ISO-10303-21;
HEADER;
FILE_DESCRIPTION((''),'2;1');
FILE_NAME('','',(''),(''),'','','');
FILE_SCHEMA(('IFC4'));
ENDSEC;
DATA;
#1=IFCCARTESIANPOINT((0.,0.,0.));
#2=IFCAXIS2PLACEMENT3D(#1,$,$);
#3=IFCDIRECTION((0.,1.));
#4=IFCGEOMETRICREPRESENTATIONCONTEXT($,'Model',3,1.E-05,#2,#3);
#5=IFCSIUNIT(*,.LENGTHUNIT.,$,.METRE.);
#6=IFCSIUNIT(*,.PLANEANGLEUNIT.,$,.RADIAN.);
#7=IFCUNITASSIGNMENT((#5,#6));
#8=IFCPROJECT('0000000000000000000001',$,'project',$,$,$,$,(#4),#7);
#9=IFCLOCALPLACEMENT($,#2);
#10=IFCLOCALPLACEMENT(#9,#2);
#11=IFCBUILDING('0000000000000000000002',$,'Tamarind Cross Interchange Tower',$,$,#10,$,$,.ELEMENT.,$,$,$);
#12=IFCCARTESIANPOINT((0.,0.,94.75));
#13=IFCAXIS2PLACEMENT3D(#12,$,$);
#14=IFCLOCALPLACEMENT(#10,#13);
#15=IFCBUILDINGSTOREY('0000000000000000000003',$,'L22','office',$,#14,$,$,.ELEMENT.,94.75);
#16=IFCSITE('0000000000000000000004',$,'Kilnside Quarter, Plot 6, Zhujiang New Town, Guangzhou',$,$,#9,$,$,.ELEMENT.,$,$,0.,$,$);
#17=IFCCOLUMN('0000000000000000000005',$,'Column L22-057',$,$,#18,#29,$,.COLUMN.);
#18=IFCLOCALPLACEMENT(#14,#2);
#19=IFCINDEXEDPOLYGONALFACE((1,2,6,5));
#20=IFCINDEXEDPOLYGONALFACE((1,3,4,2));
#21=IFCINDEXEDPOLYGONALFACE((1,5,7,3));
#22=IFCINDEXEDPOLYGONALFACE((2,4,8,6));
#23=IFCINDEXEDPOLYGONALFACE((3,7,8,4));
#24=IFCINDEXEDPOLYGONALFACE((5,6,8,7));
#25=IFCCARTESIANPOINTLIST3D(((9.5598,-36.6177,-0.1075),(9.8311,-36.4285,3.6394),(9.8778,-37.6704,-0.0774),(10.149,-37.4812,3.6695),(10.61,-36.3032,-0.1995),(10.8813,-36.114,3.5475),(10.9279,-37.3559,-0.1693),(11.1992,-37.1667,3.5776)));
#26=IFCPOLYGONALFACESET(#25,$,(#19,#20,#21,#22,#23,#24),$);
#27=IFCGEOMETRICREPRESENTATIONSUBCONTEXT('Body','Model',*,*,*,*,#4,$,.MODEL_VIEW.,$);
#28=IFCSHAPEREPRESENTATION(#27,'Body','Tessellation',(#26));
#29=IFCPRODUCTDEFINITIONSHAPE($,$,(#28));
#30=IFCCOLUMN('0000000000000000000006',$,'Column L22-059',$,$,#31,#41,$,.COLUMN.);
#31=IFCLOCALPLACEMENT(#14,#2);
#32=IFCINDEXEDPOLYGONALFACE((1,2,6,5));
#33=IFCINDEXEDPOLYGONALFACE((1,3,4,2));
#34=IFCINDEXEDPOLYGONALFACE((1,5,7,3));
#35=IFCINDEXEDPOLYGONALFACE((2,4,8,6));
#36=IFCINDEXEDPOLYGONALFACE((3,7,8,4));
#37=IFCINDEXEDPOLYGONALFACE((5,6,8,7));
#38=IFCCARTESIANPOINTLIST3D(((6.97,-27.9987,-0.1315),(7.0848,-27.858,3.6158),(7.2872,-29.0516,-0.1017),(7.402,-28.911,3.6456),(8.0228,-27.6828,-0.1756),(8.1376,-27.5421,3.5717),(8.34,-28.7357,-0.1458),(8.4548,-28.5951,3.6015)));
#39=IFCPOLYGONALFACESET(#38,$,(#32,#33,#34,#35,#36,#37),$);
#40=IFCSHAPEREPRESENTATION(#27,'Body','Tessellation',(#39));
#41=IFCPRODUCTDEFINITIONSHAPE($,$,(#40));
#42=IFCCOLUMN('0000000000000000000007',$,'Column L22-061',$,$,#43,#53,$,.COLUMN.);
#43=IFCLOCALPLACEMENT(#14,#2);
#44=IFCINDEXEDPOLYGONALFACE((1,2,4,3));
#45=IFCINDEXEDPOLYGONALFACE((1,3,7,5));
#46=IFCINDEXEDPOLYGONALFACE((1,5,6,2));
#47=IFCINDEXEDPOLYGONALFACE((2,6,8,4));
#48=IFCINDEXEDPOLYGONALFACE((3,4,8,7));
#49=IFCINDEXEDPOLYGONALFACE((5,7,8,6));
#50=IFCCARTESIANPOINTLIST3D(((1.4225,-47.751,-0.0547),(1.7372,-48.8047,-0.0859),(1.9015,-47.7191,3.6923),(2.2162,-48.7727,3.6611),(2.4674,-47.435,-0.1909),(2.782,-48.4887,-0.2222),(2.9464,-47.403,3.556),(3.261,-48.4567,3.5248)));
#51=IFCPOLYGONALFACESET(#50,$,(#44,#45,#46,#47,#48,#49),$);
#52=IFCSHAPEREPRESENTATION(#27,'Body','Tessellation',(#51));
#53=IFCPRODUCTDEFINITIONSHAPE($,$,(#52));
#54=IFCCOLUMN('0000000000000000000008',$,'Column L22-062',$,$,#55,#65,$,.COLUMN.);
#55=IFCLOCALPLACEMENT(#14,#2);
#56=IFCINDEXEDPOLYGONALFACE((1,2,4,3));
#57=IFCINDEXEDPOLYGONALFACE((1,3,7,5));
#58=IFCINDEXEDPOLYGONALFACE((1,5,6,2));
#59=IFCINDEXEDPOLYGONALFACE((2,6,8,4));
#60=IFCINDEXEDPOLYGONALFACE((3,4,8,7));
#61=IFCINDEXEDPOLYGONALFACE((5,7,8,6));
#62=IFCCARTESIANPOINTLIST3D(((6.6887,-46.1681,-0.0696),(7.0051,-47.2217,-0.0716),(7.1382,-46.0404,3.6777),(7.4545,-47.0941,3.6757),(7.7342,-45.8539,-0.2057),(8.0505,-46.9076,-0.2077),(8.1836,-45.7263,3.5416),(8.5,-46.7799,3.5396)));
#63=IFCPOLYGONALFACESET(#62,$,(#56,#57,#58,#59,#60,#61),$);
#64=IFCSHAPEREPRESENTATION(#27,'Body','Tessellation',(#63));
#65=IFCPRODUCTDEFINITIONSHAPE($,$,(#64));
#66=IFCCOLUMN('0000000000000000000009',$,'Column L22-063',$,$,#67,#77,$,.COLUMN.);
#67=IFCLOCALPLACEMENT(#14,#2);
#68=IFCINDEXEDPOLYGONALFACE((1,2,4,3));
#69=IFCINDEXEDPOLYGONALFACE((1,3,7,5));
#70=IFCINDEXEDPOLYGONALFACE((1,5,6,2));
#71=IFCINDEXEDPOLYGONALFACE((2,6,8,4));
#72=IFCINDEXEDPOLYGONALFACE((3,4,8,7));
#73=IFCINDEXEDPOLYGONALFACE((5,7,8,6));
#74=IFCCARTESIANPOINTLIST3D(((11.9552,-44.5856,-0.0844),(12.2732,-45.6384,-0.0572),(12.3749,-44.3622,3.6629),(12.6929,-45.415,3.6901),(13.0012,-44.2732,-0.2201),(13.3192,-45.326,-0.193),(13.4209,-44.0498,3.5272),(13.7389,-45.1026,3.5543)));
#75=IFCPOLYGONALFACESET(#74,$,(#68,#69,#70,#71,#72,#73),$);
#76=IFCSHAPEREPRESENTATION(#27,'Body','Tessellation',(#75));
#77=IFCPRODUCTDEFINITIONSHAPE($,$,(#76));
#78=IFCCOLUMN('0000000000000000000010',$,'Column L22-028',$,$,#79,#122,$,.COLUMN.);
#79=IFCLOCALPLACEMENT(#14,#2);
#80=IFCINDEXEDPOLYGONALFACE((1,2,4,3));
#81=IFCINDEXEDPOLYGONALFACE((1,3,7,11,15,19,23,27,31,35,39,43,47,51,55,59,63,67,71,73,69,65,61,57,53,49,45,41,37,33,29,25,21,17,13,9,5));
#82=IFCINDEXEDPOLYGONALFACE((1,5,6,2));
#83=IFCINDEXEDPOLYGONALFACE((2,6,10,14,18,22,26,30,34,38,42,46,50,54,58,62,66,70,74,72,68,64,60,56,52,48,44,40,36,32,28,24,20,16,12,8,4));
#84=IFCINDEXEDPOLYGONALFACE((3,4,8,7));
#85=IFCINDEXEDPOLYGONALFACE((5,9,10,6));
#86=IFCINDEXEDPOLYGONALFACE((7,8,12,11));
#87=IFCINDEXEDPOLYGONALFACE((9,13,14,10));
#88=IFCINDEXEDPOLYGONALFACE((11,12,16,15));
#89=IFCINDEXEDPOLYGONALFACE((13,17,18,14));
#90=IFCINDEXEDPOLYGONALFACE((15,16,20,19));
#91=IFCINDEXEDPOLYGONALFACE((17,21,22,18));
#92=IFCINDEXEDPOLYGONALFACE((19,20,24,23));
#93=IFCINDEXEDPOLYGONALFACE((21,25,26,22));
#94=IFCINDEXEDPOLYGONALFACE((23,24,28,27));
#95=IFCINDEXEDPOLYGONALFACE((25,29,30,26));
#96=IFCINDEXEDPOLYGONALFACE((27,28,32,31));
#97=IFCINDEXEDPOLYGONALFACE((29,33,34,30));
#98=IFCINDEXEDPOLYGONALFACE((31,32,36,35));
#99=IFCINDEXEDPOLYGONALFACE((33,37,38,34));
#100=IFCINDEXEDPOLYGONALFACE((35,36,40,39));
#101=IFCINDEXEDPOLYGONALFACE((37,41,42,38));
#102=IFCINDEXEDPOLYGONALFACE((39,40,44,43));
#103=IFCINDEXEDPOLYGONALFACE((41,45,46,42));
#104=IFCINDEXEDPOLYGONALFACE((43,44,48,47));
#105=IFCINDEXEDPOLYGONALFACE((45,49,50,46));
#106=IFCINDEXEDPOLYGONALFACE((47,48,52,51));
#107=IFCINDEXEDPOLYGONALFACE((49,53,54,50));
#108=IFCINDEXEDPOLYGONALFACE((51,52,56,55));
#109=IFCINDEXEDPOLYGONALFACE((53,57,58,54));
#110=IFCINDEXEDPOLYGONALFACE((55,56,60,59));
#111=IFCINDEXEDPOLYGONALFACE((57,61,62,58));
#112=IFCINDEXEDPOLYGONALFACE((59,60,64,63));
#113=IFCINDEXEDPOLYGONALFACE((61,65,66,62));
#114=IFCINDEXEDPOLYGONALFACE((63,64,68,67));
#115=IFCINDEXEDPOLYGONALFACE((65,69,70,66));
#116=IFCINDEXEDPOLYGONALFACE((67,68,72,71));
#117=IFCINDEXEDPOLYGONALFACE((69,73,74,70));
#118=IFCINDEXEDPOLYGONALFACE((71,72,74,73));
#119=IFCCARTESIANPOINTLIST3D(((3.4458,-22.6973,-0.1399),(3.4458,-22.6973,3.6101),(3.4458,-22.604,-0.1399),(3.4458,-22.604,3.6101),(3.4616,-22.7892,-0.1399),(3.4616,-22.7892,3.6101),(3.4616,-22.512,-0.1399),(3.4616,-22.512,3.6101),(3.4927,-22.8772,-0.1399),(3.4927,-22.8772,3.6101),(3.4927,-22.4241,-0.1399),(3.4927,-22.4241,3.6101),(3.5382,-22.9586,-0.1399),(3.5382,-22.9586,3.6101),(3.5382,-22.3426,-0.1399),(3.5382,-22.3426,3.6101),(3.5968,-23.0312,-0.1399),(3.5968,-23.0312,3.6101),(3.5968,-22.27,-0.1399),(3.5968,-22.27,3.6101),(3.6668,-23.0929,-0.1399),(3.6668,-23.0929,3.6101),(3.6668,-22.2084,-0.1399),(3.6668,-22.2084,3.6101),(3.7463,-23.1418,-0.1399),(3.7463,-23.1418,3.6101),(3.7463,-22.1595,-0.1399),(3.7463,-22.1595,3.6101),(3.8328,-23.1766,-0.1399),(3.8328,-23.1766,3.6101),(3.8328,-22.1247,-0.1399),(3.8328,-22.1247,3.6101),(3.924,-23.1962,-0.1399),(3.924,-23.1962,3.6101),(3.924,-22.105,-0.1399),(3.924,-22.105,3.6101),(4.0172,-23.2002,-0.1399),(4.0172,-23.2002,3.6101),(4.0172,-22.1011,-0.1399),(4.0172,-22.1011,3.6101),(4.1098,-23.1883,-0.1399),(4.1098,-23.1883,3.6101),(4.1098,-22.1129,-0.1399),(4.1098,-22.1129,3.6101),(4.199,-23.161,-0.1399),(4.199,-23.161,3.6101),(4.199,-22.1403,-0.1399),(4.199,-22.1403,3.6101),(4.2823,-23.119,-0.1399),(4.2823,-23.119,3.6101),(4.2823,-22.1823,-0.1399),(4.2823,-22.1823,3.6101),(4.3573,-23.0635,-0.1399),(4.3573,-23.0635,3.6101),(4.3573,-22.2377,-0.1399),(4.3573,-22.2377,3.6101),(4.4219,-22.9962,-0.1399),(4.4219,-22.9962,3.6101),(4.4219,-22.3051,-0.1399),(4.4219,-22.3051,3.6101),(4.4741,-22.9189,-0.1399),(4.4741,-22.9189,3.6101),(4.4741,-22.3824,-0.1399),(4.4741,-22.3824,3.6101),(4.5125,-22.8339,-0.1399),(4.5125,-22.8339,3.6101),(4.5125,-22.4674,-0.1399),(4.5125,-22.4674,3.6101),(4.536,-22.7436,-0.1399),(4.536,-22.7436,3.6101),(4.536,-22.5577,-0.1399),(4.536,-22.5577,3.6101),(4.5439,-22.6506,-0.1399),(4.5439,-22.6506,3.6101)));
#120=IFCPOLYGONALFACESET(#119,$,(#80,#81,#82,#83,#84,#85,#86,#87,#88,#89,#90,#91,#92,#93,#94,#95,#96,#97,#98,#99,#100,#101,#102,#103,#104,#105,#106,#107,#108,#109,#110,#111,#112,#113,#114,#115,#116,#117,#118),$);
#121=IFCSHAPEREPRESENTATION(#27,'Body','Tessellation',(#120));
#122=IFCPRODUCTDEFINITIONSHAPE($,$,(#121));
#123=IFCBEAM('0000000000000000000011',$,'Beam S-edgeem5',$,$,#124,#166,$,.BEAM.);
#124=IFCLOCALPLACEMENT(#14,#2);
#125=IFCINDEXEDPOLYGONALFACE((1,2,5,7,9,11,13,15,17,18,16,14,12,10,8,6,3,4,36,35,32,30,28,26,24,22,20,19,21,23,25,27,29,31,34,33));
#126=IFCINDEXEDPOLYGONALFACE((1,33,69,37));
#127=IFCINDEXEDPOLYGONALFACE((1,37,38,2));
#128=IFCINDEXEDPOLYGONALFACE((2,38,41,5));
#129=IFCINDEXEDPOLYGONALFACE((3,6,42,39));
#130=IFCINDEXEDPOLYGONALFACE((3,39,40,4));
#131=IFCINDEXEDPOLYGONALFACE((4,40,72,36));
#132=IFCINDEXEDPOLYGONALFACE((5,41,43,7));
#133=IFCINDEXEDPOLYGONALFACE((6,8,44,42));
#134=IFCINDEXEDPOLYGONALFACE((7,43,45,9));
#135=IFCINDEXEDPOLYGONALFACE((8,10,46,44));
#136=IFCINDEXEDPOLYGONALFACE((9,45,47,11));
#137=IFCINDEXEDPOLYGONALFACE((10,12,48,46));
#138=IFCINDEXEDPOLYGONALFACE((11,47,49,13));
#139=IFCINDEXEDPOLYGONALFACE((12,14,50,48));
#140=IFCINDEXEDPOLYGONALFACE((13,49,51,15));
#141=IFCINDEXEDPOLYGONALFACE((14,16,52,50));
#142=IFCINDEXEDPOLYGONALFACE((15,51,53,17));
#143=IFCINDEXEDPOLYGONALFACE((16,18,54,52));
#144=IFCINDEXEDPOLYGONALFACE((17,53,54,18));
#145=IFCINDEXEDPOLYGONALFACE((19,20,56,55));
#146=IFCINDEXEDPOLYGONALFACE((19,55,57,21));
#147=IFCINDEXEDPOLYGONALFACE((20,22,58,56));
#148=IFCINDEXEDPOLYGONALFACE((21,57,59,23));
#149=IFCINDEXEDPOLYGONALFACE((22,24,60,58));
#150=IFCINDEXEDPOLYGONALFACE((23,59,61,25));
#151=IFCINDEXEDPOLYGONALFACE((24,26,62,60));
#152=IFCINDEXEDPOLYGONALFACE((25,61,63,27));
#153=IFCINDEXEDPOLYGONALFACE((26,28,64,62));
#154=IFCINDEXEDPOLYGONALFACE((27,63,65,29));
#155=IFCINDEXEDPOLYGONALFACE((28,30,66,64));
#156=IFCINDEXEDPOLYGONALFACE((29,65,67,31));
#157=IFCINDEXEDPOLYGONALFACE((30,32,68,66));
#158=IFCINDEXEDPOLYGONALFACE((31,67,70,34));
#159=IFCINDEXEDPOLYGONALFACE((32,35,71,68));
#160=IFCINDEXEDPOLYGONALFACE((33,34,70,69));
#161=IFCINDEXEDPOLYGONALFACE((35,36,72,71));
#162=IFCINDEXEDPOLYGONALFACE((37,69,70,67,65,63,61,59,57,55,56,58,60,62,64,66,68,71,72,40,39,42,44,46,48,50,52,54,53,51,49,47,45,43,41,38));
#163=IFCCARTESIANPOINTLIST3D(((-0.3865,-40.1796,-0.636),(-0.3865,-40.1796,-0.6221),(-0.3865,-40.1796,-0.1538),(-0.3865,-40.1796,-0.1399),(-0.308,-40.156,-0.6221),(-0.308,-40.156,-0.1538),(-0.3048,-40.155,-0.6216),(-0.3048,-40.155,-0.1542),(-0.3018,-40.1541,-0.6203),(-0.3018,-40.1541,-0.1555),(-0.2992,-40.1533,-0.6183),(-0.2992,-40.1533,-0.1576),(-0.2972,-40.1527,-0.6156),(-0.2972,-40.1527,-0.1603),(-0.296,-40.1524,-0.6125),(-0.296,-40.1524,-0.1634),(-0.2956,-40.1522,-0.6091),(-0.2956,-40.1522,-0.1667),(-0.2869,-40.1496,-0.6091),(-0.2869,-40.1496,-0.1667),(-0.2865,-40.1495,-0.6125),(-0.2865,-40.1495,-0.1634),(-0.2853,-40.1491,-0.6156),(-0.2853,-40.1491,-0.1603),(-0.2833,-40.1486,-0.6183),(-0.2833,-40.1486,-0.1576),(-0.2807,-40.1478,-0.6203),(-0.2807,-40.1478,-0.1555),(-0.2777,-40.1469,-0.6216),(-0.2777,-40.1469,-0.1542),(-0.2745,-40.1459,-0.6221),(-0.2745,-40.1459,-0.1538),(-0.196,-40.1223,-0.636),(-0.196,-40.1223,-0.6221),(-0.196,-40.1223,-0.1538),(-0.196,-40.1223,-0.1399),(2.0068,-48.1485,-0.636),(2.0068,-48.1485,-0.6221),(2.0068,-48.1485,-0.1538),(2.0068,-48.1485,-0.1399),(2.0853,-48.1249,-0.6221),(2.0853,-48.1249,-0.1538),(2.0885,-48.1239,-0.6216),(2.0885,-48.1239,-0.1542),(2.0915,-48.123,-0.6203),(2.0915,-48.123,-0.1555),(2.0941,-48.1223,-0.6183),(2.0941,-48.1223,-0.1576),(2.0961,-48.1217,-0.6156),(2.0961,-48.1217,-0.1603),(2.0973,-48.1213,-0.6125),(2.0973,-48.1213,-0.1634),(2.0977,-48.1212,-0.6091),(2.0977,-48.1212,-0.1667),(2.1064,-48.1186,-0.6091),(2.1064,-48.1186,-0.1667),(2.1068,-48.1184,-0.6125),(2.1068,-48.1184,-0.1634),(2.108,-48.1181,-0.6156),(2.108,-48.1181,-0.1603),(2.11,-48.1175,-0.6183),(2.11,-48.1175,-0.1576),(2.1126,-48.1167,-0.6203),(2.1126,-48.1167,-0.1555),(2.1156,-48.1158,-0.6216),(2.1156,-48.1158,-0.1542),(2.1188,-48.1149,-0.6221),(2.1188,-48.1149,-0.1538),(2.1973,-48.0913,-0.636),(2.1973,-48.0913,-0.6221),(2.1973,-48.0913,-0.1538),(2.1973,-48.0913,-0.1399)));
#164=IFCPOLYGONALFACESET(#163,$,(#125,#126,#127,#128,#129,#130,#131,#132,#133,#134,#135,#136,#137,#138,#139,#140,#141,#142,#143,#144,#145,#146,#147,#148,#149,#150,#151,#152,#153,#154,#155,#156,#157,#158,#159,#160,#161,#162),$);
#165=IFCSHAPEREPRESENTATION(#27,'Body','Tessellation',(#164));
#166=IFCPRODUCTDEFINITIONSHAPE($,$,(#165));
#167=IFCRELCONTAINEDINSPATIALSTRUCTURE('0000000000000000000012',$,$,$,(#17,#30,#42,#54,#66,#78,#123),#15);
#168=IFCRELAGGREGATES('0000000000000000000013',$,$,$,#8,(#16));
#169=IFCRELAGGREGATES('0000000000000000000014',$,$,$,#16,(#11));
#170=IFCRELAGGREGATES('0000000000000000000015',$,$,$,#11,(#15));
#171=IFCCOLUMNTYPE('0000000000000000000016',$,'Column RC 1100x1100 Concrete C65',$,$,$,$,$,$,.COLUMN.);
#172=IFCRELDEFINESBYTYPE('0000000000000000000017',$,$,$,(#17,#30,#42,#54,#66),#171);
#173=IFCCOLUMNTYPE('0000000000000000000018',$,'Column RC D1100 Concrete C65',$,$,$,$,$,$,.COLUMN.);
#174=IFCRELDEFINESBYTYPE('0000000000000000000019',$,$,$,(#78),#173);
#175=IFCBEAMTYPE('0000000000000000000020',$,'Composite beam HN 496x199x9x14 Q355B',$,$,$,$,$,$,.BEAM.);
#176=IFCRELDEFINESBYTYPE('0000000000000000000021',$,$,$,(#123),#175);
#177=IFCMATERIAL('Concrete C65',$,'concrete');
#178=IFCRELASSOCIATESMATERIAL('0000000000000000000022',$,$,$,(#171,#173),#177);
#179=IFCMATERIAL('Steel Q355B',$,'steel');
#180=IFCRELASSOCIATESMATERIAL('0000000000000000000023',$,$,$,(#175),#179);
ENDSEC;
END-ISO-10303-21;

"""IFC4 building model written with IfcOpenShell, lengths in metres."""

from ifc_helpers import new_model, si_unit, direction, frame, origin, origin_2d, place, context, subcontext, project, spatial, rectangle, circle, i_section, extrude, material, material_profile, profile_set, type_object, element, save


model = new_model("IFC4")

# Units and contexts
model_context = context("Model", 3, precision=1e-05, world=origin(), true_north=direction((0.0, 1.0)))
body_context = subcontext(model_context, "Body", "Model", "MODEL_VIEW")
ifc_project = project(units=[si_unit("LENGTHUNIT", "METRE"), si_unit("PLANEANGLEUNIT", "RADIAN")], contexts=[model_context])

# Site, building, storey
site_placement = place(None, origin())
site = spatial("IfcSite", under=ifc_project, at=site_placement, Name="Kilnside Quarter, Plot 6, Zhujiang New Town, Guangzhou", CompositionType="ELEMENT", RefElevation=0.0)
building_placement = place(site_placement, origin())
building = spatial("IfcBuilding", under=site, at=building_placement, Name="Tamarind Cross Interchange Tower", CompositionType="ELEMENT")
storey_placement = place(building_placement, frame((0.0, 0.0, 94.75)))
storey = spatial("IfcBuildingStorey", under=building, at=storey_placement, Name="L22", Description="office", CompositionType="ELEMENT", Elevation=94.75)

# Columns
ifc_material_1 = material(Name="Concrete C65", Category="concrete")
ifc_material_profile_1 = material_profile(ifc_material_1, rectangle(XDim=1.1001, YDim=1.1001, at=origin_2d()), Name="RC 1100x1100")
ifc_profile_set_1 = profile_set([ifc_material_profile_1], Name="Concrete C65")
column_type_1 = type_object("IfcColumnType", Name="Column RC 1100x1100 Concrete C65", PredefinedType="COLUMN", material=ifc_profile_set_1)
column_1_placement = place(storey_placement, frame((10.2439, -36.9868, -0.1384), z_axis=(0.072112, 0.050303, 0.996127), x_axis=(-0.954606, -0.285917, 0.083544)))
element("IfcColumn", 1, at=column_1_placement, inside=storey, type_object=column_type_1, Name="Column L22-057", PredefinedType="COLUMN", context=body_context, shape_type="SweptSolid", body=[
    extrude(rectangle(XDim=1.1001, YDim=1.1001, at=origin_2d()), origin(), (0.0, 0.0, 1.0), 3.7615),
])
column_2_placement = place(storey_placement, frame((7.655, -28.3672, -0.1387), z_axis=(0.030585, 0.037483, 0.998829), x_axis=(-0.95704, -0.287171, 0.040082)))
element("IfcColumn", 2, at=column_2_placement, inside=storey, type_object=column_type_1, Name="Column L22-059", PredefinedType="COLUMN", context=body_context, shape_type="SweptSolid", body=[
    extrude(rectangle(XDim=1.1001, YDim=1.1001, at=origin_2d()), origin(), (0.0, 0.0, 1.0), 3.7517),
])
column_3_placement = place(storey_placement, frame((2.1023, -48.1199, -0.1384), z_axis=(0.126798, 0.008466, 0.991892), x_axis=(-0.285992, 0.957811, 0.028384)))
element("IfcColumn", 3, at=column_3_placement, inside=storey, type_object=column_type_1, Name="Column L22-061", PredefinedType="COLUMN", context=body_context, shape_type="SweptSolid", body=[
    extrude(rectangle(XDim=1.1001, YDim=1.1001, at=origin_2d()), origin(), (0.0, 0.0, 1.0), 3.7776),
])
column_4_placement = place(storey_placement, frame((7.3696, -46.5378, -0.1387), z_axis=(0.119021, 0.033812, 0.992316), x_axis=(-0.287576, 0.957756, 0.001858)))
element("IfcColumn", 4, at=column_4_placement, inside=storey, type_object=column_type_1, Name="Column L22-062", PredefinedType="COLUMN", context=body_context, shape_type="SweptSolid", body=[
    extrude(rectangle(XDim=1.1001, YDim=1.1001, at=origin_2d()), origin(), (0.0, 0.0, 1.0), 3.7764),
])
column_5_placement = place(storey_placement, frame((12.6372, -44.9558, -0.1387), z_axis=(0.111104, 0.059139, 0.992048), x_axis=(-0.950845, -0.284009, 0.12342)))
element("IfcColumn", 5, at=column_5_placement, inside=storey, type_object=column_type_1, Name="Column L22-063", PredefinedType="COLUMN", context=body_context, shape_type="SweptSolid", body=[
    extrude(rectangle(XDim=1.1001, YDim=1.1001, at=origin_2d()), origin(), (0.0, 0.0, 1.0), 3.7773),
])
ifc_material_profile_2 = material_profile(ifc_material_1, circle(Radius=0.55, at=origin_2d()), Name="RC D1100")
ifc_profile_set_2 = profile_set([ifc_material_profile_2], Name="Concrete C65")
column_type_2 = type_object("IfcColumnType", Name="Column RC D1100 Concrete C65", PredefinedType="COLUMN", material=ifc_profile_set_2)
column_6_placement = place(storey_placement, frame((3.9939, -22.6506, -0.1399), z_axis=(0.0, 0.0, 1.0), x_axis=(1.0, 0.0, 0.0)))
element("IfcColumn", 6, at=column_6_placement, inside=storey, type_object=column_type_2, Name="Column L22-028", PredefinedType="COLUMN", context=body_context, shape_type="SweptSolid", body=[
    extrude(circle(Radius=0.55, at=origin_2d()), origin(), (0.0, 0.0, 1.0), 3.75),
])

# Beam
ifc_material_2 = material(Name="Steel Q355B", Category="steel")
ifc_material_profile_3 = material_profile(ifc_material_2, i_section(OverallWidth=0.199, OverallDepth=0.4961, WebThickness=0.009, FlangeThickness=0.0139, FilletRadius=0.0129, at=origin_2d()), Name="HN 496x199x9x14")
ifc_profile_set_3 = profile_set([ifc_material_profile_3], Name="Steel Q355B")
beam_type_1 = type_object("IfcBeamType", Name="Composite beam HN 496x199x9x14 Q355B", PredefinedType="BEAM", material=ifc_profile_set_3)
beam_1_placement = place(storey_placement, frame((2.1021, -48.1199, -0.3879), z_axis=(-0.287636, 0.95774, 0.0), x_axis=(-0.95774, -0.287636, 0.0)))
element("IfcBeam", 7, at=beam_1_placement, inside=storey, type_object=beam_type_1, Name="Beam S-edgeem5", PredefinedType="BEAM", context=body_context, shape_type="SweptSolid", body=[
    extrude(i_section(OverallWidth=0.199, OverallDepth=0.4961, WebThickness=0.009, FlangeThickness=0.0139, FilletRadius=0.0129, at=origin_2d()), origin(), (0.0, 0.0, 1.0), 8.3206),
])

save(model, "model.ifc")
